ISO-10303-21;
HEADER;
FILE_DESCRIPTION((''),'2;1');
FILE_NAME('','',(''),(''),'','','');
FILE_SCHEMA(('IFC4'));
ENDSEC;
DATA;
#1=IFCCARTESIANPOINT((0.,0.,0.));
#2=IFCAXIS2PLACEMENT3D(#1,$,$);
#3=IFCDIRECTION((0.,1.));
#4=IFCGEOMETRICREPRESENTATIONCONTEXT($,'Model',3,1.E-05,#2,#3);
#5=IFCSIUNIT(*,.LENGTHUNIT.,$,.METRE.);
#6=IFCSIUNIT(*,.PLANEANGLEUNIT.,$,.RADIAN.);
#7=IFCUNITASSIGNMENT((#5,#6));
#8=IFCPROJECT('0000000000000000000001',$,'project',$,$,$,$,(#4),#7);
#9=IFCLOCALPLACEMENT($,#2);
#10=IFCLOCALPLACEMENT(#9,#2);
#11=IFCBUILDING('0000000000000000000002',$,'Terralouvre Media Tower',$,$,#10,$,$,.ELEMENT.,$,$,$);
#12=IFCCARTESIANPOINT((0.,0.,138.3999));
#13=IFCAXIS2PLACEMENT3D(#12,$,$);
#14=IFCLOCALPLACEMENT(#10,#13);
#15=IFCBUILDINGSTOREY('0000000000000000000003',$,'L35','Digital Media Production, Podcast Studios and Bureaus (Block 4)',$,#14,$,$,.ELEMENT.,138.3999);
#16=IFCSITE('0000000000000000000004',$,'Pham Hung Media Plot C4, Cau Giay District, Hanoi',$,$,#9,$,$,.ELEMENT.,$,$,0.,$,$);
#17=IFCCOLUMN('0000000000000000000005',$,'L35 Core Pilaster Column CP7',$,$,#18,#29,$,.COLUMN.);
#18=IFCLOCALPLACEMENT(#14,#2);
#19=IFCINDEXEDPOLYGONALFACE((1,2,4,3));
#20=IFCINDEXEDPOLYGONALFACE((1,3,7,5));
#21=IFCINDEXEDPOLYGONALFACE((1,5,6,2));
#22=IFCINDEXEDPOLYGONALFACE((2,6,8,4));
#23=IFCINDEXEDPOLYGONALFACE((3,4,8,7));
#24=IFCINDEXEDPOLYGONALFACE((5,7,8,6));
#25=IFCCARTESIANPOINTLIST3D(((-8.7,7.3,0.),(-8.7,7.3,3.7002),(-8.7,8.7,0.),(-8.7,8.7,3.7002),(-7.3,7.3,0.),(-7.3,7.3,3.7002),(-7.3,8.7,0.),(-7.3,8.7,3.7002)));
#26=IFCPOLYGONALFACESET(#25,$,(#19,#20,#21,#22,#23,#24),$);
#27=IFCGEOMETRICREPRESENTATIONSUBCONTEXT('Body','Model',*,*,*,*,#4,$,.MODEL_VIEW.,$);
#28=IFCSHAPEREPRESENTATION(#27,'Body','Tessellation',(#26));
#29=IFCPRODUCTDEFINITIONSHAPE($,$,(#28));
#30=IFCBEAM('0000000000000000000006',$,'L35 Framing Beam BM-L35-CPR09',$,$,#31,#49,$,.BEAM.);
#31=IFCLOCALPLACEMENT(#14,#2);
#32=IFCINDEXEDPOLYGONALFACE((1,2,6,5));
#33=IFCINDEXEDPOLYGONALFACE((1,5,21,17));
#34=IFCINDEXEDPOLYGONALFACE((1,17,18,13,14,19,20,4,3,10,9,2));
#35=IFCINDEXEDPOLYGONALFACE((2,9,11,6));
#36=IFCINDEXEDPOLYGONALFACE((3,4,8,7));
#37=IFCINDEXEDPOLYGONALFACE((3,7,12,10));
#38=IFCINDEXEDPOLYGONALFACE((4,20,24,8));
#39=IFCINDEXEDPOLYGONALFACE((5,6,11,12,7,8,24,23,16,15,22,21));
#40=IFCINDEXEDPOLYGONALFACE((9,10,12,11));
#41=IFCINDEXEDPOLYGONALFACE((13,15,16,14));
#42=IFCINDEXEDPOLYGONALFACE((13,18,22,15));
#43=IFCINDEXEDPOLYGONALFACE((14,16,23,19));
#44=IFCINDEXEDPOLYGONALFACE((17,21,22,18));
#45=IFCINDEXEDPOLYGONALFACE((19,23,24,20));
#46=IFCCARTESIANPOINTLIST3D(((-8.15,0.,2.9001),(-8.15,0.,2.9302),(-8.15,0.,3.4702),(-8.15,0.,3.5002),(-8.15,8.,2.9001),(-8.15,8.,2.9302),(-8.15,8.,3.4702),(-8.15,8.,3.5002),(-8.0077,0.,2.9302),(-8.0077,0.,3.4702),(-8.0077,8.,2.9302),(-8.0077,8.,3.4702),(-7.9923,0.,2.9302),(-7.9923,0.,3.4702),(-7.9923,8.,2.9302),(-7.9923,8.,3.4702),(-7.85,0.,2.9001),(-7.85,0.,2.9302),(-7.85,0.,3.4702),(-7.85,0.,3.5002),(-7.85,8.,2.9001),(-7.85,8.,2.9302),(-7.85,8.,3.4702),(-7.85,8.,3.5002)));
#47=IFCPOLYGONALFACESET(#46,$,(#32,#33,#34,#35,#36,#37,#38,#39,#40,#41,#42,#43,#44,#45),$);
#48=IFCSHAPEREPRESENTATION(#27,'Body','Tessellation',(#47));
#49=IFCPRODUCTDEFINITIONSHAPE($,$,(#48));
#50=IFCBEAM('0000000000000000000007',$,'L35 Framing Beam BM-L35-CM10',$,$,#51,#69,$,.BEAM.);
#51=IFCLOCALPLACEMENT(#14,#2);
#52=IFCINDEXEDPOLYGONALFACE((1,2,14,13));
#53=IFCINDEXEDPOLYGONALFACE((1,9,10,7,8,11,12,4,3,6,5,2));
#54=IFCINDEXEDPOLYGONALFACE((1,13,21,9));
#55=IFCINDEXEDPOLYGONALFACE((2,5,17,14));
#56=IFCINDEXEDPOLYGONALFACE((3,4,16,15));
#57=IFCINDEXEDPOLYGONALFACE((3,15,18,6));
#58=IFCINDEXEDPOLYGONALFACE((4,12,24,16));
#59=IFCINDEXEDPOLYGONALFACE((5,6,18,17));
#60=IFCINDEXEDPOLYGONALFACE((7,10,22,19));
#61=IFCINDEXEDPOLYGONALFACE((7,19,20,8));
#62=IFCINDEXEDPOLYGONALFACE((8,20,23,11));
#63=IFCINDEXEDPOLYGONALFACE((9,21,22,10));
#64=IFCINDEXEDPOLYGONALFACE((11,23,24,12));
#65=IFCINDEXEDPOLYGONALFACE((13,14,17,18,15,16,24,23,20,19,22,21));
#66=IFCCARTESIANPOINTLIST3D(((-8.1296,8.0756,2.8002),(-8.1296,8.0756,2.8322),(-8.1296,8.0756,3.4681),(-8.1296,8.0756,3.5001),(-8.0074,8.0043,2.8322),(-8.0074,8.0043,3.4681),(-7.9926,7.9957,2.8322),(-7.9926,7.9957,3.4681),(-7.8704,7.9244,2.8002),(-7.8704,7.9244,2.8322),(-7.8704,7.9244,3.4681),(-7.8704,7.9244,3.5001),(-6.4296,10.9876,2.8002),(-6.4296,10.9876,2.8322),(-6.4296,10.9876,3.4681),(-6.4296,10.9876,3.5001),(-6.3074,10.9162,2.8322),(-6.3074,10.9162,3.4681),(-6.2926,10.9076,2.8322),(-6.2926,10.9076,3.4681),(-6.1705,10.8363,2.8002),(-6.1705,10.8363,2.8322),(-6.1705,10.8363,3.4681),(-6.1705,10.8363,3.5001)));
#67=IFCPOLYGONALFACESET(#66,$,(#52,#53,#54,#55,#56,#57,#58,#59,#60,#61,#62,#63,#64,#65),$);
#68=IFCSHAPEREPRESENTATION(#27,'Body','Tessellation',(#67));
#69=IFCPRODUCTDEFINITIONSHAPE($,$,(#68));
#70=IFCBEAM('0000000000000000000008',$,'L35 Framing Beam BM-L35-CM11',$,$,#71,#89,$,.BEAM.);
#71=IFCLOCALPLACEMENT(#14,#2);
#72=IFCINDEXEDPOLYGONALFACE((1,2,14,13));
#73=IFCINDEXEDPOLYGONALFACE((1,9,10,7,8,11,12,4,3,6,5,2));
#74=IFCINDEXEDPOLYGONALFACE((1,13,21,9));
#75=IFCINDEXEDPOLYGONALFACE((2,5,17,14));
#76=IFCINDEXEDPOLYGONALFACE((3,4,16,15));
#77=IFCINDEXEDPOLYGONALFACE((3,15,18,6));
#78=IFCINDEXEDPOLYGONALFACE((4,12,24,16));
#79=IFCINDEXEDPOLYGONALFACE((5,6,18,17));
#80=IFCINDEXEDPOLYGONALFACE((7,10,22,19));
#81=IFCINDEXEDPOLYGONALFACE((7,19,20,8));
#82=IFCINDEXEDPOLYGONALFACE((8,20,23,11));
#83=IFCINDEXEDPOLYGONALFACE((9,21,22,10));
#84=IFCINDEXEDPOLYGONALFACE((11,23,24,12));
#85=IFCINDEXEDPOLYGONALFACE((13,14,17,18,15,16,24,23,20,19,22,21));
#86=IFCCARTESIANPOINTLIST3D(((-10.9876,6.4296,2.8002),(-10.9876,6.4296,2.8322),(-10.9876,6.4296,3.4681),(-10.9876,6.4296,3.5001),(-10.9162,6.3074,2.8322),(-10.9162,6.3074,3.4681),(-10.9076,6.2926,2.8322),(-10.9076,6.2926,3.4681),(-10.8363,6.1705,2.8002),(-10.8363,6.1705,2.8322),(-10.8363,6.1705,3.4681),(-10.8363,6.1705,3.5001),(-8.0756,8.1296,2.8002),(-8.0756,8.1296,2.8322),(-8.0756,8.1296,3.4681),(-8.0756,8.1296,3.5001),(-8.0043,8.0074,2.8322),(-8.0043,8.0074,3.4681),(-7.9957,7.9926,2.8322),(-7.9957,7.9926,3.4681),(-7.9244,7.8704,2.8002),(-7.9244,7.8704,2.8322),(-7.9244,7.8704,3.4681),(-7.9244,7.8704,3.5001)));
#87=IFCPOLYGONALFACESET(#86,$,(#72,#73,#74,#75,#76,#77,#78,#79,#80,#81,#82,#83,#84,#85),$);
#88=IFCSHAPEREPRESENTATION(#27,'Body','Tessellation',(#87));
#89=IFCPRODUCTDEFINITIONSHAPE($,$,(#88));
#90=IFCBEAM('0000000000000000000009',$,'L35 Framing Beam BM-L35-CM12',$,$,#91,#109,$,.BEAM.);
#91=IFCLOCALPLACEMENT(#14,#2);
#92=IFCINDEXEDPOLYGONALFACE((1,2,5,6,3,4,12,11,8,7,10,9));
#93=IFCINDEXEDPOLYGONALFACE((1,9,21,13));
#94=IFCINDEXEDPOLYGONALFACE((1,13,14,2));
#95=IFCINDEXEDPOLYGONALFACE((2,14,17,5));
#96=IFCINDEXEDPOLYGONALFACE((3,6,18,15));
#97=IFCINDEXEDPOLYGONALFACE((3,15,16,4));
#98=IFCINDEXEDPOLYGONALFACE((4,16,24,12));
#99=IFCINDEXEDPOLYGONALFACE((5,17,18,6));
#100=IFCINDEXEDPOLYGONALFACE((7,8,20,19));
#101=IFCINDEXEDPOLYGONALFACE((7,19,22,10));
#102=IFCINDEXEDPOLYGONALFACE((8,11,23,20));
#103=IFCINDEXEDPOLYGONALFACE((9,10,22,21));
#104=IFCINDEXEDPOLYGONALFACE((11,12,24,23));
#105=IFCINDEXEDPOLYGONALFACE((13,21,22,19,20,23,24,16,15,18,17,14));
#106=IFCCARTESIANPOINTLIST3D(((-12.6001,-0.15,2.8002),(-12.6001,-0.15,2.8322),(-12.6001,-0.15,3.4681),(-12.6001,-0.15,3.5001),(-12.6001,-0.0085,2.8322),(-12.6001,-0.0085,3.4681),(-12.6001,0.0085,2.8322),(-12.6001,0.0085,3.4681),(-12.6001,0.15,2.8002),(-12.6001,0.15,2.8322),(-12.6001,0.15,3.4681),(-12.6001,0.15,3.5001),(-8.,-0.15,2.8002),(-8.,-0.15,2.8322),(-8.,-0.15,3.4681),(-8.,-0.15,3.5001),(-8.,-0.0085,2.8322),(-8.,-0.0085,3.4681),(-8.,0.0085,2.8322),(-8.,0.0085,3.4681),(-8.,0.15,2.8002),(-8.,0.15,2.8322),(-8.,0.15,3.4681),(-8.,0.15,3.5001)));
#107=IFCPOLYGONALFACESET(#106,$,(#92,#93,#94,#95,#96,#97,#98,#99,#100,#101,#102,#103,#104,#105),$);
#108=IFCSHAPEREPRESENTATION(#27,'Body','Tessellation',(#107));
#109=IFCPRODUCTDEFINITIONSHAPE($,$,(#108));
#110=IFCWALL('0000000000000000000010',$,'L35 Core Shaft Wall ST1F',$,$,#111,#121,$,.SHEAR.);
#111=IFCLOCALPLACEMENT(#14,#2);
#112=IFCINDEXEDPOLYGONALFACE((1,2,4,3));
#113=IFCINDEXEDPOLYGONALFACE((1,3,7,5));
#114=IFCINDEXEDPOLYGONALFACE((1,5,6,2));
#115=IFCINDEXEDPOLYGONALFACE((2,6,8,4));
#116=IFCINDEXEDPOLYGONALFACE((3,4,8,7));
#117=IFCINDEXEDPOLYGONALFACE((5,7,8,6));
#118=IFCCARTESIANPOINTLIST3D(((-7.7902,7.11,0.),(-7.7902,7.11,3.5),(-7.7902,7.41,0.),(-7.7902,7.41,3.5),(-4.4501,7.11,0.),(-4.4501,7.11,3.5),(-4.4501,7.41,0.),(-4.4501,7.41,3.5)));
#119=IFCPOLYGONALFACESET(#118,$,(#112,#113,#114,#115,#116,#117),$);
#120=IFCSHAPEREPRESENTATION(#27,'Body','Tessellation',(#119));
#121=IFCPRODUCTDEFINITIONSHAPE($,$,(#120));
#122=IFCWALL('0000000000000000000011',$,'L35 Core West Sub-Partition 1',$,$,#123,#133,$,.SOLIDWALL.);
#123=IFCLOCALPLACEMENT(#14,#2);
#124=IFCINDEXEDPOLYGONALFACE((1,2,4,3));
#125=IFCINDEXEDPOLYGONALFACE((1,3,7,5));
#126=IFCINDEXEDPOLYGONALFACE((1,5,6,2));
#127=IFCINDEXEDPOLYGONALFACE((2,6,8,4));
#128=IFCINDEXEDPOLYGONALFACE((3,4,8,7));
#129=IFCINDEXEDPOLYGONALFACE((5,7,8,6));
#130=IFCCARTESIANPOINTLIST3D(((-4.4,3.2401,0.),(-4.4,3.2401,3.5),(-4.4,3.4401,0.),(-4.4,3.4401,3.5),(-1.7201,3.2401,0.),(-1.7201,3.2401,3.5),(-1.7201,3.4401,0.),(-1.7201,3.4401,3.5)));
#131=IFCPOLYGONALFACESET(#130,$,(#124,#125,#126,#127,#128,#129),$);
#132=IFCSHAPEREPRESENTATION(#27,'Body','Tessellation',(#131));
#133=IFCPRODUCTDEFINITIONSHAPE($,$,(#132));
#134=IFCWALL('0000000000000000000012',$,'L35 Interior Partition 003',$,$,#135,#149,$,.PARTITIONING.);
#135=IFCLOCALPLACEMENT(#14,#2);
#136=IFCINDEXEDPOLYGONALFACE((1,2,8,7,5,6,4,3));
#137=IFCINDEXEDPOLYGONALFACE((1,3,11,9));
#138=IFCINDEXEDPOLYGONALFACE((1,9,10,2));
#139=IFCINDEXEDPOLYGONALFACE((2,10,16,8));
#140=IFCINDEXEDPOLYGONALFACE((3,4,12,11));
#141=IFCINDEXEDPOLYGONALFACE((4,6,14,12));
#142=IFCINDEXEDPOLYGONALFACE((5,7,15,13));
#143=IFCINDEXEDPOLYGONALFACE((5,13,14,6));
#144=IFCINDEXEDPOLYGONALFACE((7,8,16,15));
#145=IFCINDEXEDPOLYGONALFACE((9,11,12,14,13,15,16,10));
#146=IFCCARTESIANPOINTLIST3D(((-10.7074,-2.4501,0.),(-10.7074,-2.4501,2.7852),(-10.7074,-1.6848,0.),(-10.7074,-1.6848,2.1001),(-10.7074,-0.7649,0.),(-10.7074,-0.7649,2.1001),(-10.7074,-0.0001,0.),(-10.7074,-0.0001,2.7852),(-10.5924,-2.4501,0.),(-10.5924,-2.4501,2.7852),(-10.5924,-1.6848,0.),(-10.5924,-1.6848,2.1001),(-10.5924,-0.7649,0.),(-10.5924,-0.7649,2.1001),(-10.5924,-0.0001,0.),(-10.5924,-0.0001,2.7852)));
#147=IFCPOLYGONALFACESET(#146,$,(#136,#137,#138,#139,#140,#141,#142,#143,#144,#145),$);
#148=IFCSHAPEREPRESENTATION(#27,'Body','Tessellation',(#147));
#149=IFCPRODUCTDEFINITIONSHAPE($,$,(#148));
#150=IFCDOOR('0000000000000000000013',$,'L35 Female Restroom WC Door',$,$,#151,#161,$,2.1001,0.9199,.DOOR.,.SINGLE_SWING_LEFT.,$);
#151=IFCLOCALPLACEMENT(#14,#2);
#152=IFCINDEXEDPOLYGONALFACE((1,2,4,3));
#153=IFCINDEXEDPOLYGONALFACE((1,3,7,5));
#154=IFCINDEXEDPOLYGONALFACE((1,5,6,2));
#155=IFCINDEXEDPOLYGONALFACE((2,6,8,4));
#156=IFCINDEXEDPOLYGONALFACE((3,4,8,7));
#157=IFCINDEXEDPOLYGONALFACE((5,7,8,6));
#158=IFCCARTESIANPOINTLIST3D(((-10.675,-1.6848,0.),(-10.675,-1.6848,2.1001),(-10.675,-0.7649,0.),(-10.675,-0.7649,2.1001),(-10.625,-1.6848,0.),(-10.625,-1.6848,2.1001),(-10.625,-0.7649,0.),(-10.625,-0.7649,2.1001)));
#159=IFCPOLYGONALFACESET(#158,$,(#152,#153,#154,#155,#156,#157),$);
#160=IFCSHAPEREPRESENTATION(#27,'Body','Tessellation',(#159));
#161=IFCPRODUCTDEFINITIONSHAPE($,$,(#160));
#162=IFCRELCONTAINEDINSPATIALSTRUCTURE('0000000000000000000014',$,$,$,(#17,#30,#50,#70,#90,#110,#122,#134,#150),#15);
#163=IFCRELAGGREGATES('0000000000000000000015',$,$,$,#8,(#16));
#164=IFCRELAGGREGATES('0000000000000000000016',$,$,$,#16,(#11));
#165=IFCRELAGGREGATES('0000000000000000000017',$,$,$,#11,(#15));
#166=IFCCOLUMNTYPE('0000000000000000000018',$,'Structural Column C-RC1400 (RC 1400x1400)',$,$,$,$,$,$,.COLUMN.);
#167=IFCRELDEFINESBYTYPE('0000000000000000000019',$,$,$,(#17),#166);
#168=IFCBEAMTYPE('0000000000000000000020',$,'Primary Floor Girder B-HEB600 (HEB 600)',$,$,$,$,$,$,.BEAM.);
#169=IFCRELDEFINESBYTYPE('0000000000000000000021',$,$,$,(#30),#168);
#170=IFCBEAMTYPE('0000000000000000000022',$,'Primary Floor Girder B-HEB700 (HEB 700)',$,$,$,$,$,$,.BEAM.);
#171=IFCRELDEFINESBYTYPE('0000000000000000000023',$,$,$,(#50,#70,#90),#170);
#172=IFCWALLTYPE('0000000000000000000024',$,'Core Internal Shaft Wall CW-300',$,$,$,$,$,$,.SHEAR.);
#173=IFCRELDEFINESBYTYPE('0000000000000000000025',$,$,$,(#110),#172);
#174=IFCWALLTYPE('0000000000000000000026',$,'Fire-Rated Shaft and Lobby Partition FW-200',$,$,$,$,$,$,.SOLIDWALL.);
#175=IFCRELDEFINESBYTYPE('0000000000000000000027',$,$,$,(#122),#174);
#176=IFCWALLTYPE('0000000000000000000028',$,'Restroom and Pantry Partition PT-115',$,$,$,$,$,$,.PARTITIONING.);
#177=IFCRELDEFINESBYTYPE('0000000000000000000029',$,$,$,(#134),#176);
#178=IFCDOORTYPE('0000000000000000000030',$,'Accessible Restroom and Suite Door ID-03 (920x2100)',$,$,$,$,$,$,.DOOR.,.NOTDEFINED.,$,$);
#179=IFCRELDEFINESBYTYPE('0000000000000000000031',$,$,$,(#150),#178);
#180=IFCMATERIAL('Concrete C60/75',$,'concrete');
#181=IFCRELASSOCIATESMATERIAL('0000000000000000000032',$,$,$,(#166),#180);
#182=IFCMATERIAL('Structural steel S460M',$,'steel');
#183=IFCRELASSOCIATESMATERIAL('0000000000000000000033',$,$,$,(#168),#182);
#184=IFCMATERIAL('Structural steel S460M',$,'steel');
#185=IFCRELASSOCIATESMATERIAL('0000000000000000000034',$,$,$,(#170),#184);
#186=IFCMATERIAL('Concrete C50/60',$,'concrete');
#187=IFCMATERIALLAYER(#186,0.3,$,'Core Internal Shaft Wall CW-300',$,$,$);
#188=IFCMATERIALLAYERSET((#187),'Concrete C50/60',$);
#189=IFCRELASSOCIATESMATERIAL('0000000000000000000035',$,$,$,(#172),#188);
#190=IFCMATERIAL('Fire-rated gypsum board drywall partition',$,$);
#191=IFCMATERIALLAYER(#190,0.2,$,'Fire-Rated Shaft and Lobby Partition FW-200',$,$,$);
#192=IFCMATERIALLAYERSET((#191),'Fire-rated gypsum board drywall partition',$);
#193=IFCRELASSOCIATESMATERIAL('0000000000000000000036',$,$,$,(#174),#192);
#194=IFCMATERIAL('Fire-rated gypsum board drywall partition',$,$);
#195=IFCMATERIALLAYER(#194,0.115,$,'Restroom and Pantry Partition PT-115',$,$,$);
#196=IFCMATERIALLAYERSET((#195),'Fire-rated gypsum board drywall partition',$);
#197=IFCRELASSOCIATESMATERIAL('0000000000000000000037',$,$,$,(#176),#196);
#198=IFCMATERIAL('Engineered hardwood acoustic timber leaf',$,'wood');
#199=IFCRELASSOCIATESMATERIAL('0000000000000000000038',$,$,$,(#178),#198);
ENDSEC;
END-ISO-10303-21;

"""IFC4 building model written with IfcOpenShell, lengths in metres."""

from ifc_helpers import new_model, si_unit, direction, frame, frame_2d, origin, origin_2d, place, context, subcontext, project, spatial, rectangle, i_section, extrude, material, layer, layer_set, material_profile, profile_set, type_object, element, fill, save


model = new_model("IFC4")

# Units and contexts
model_context = context("Model", 3, precision=1e-05, world=origin(), true_north=direction((0.0, 1.0)))
body_context = subcontext(model_context, "Body", "Model", "MODEL_VIEW")
ifc_project = project(units=[si_unit("LENGTHUNIT", "METRE"), si_unit("PLANEANGLEUNIT", "RADIAN")], contexts=[model_context])

# Site, building, storey
site_placement = place(None, origin())
site = spatial("IfcSite", under=ifc_project, at=site_placement, Name="Pham Hung Media Plot C4, Cau Giay District, Hanoi", CompositionType="ELEMENT", RefElevation=0.0)
building_placement = place(site_placement, origin())
building = spatial("IfcBuilding", under=site, at=building_placement, Name="Terralouvre Media Tower", CompositionType="ELEMENT")
storey_placement = place(building_placement, frame((0.0, 0.0, 138.3999)))
storey = spatial("IfcBuildingStorey", under=building, at=storey_placement, Name="L35", Description="Digital Media Production, Podcast Studios and Bureaus (Block 4)", CompositionType="ELEMENT", Elevation=138.3999)

# Column
ifc_material_1 = material(Name="Concrete C60/75", Category="concrete")
ifc_material_profile_1 = material_profile(ifc_material_1, rectangle(XDim=1.3999, YDim=1.3999, at=origin_2d()), Name="RC 1400x1400")
ifc_profile_set_1 = profile_set([ifc_material_profile_1], Name="Concrete C60/75")
column_type = type_object("IfcColumnType", Name="Structural Column C-RC1400 (RC 1400x1400)", PredefinedType="COLUMN", material=ifc_profile_set_1)
column_placement = place(storey_placement, frame((-8.0, 8.0, 0.0), z_axis=(0.0, 0.0, 1.0), x_axis=(1.0, 0.0, 0.0)))
element("IfcColumn", 1, at=column_placement, inside=storey, type_object=column_type, Name="L35 Core Pilaster Column CP7", PredefinedType="COLUMN", context=body_context, shape_type="SweptSolid", body=[
    extrude(rectangle(XDim=1.3999, YDim=1.3999, at=origin_2d()), origin(), (0.0, 0.0, 1.0), 3.7002),
])

# Beams
ifc_material_2 = material(Name="Structural steel S460M", Category="steel")
ifc_material_profile_2 = material_profile(ifc_material_2, i_section(OverallWidth=0.3, OverallDepth=0.6001, WebThickness=0.0154, FlangeThickness=0.03, at=origin_2d()), Name="HEB 600")
ifc_profile_set_2 = profile_set([ifc_material_profile_2], Name="Structural steel S460M")
beam_type_1 = type_object("IfcBeamType", Name="Primary Floor Girder B-HEB600 (HEB 600)", PredefinedType="BEAM", material=ifc_profile_set_2)
beam_1_placement = place(storey_placement, frame((-8.0, 8.0, 3.2002), z_axis=(0.0, -1.0, 0.0), x_axis=(1.0, 0.0, 0.0)))
element("IfcBeam", 2, at=beam_1_placement, inside=storey, type_object=beam_type_1, Name="L35 Framing Beam BM-L35-CPR09", PredefinedType="BEAM", context=body_context, shape_type="SweptSolid", body=[
    extrude(i_section(OverallWidth=0.3, OverallDepth=0.6001, WebThickness=0.0154, FlangeThickness=0.03, at=origin_2d()), origin(), (0.0, 0.0, 1.0), 8.0),
])
ifc_material_3 = material(Name="Structural steel S460M", Category="steel")
ifc_material_profile_3 = material_profile(ifc_material_3, i_section(OverallWidth=0.3, OverallDepth=0.7, WebThickness=0.0171, FlangeThickness=0.032, at=origin_2d()), Name="HEB 700")
ifc_profile_set_3 = profile_set([ifc_material_profile_3], Name="Structural steel S460M")
beam_type_2 = type_object("IfcBeamType", Name="Primary Floor Girder B-HEB700 (HEB 700)", PredefinedType="BEAM", material=ifc_profile_set_3)
for number, where, z_axis, x_axis, name in (
    (3, (-8.0, 8.0, 3.1501), (0.504173, 0.863603, 0.0), (-0.863603, 0.504173, 0.0), "L35 Framing Beam BM-L35-CM10"),
    (4, (-8.0, 8.0, 3.1501), (-0.863603, -0.504173, 0.0), (0.504173, -0.863603, 0.0), "L35 Framing Beam BM-L35-CM11"),
):
    element("IfcBeam", number, at=place(storey_placement, frame(where, z_axis=z_axis, x_axis=x_axis)), inside=storey, type_object=beam_type_2, Name=name, PredefinedType="BEAM", context=body_context, shape_type="SweptSolid", body=[
        extrude(i_section(OverallWidth=0.3, OverallDepth=0.7, WebThickness=0.0171, FlangeThickness=0.032, at=origin_2d()), origin(), (0.0, 0.0, 1.0), 3.3718),
    ])
beam_2_placement = place(storey_placement, frame((-8.0, 0.0, 3.1501), z_axis=(-1.0, 0.0, 0.0), x_axis=(0.0, -1.0, 0.0)))
element("IfcBeam", 5, at=beam_2_placement, inside=storey, type_object=beam_type_2, Name="L35 Framing Beam BM-L35-CM12", PredefinedType="BEAM", context=body_context, shape_type="SweptSolid", body=[
    extrude(i_section(OverallWidth=0.3, OverallDepth=0.7, WebThickness=0.0171, FlangeThickness=0.032, at=origin_2d()), origin(), (0.0, 0.0, 1.0), 4.6001),
])

# Shared definitions
ifc_material_4 = material(Name="Concrete C50/60", Category="concrete")
ifc_layer_1 = layer(ifc_material_4, 0.3, Name="Core Internal Shaft Wall CW-300")
ifc_layer_set_1 = layer_set([ifc_layer_1], Name="Concrete C50/60")
wall_type_1 = type_object("IfcWallType", Name="Core Internal Shaft Wall CW-300", PredefinedType="SHEAR", material=ifc_layer_set_1)

# Wall
wall_1_placement = place(storey_placement, frame((-7.79, 7.26, 0.0), z_axis=(0.0, 0.0, 1.0), x_axis=(1.0, 0.0, 0.0)))
element("IfcWall", 6, at=wall_1_placement, inside=storey, type_object=wall_type_1, Name="L35 Core Shaft Wall ST1F", PredefinedType="SHEAR", context=body_context, shape_type="SweptSolid", body=[
    extrude(rectangle(XDim=3.3401, YDim=0.3, at=frame_2d((1.6699, 0.0))), origin(), (0.0, 0.0, 1.0), 3.5),
])

# Wall
ifc_material_5 = material(Name="Fire-rated gypsum board drywall partition")
ifc_layer_2 = layer(ifc_material_5, 0.2, Name="Fire-Rated Shaft and Lobby Partition FW-200")
ifc_layer_set_2 = layer_set([ifc_layer_2], Name="Fire-rated gypsum board drywall partition")
wall_type_2 = type_object("IfcWallType", Name="Fire-Rated Shaft and Lobby Partition FW-200", PredefinedType="SOLIDWALL", material=ifc_layer_set_2)
wall_2_placement = place(storey_placement, frame((-4.3999, 3.3401, 0.0), z_axis=(0.0, 0.0, 1.0), x_axis=(1.0, 0.0, 0.0)))
element("IfcWall", 7, at=wall_2_placement, inside=storey, type_object=wall_type_2, Name="L35 Core West Sub-Partition 1", PredefinedType="SOLIDWALL", context=body_context, shape_type="SweptSolid", body=[
    extrude(rectangle(XDim=2.6799, YDim=0.2, at=frame_2d((1.3398, 0.0))), origin(), (0.0, 0.0, 1.0), 3.5),
])

# Wall, opening, door
ifc_material_6 = material(Name="Fire-rated gypsum board drywall partition")
ifc_layer_3 = layer(ifc_material_6, 0.115, Name="Restroom and Pantry Partition PT-115")
ifc_layer_set_3 = layer_set([ifc_layer_3], Name="Fire-rated gypsum board drywall partition")
wall_type_3 = type_object("IfcWallType", Name="Restroom and Pantry Partition PT-115", PredefinedType="PARTITIONING", material=ifc_layer_set_3)
wall_3_placement = place(storey_placement, frame((-10.6499, 0.0, 0.0), z_axis=(0.0, 0.0, 1.0), x_axis=(0.0, -1.0, 0.0)))
wall_3 = element("IfcWall", 8, at=wall_3_placement, inside=storey, type_object=wall_type_3, Name="L35 Interior Partition 003", PredefinedType="PARTITIONING", context=body_context, shape_type="SweptSolid", body=[
    extrude(rectangle(XDim=2.45, YDim=0.115, at=frame_2d((1.2251, 0.0))), origin(), (0.0, 0.0, 1.0), 2.7852),
])
opening_1_placement = place(wall_3_placement, frame((0.7649, 0.0, 0.0)))
opening_1 = element("IfcOpeningElement", 9, at=opening_1_placement, cuts=wall_3, PredefinedType="OPENING", context=body_context, shape_type="SweptSolid", body=[
    extrude(rectangle(XDim=0.9199, YDim=2.1001, at=frame_2d((0.46, 1.05))), frame((0.0, 0.0674, 0.0), z_axis=(0.0, -1.0, 0.0), x_axis=(1.0, 0.0, 0.0)), (0.0, 0.0, 1.0), 0.135),
])
ifc_material_7 = material(Name="Engineered hardwood acoustic timber leaf", Category="wood")
door_type_1 = type_object("IfcDoorType", Name="Accessible Restroom and Suite Door ID-03 (920x2100)", OperationType="NOTDEFINED", PredefinedType="DOOR", material=ifc_material_7)
door_1_placement = place(opening_1_placement, origin())
door_1 = element("IfcDoor", 10, at=door_1_placement, inside=storey, type_object=door_type_1, Name="L35 Female Restroom WC Door", OperationType="SINGLE_SWING_LEFT", OverallHeight=2.1001, OverallWidth=0.9199, PredefinedType="DOOR", context=body_context, shape_type="SweptSolid", body=[
    extrude(rectangle(XDim=0.9199, YDim=2.1001, at=frame_2d((0.46, 1.05))), frame((0.0, 0.0249, 0.0), z_axis=(0.0, -1.0, 0.0), x_axis=(1.0, 0.0, 0.0)), (0.0, 0.0, 1.0), 0.05),
])
fill(opening_1, door_1)

save(model, "model.ifc")
